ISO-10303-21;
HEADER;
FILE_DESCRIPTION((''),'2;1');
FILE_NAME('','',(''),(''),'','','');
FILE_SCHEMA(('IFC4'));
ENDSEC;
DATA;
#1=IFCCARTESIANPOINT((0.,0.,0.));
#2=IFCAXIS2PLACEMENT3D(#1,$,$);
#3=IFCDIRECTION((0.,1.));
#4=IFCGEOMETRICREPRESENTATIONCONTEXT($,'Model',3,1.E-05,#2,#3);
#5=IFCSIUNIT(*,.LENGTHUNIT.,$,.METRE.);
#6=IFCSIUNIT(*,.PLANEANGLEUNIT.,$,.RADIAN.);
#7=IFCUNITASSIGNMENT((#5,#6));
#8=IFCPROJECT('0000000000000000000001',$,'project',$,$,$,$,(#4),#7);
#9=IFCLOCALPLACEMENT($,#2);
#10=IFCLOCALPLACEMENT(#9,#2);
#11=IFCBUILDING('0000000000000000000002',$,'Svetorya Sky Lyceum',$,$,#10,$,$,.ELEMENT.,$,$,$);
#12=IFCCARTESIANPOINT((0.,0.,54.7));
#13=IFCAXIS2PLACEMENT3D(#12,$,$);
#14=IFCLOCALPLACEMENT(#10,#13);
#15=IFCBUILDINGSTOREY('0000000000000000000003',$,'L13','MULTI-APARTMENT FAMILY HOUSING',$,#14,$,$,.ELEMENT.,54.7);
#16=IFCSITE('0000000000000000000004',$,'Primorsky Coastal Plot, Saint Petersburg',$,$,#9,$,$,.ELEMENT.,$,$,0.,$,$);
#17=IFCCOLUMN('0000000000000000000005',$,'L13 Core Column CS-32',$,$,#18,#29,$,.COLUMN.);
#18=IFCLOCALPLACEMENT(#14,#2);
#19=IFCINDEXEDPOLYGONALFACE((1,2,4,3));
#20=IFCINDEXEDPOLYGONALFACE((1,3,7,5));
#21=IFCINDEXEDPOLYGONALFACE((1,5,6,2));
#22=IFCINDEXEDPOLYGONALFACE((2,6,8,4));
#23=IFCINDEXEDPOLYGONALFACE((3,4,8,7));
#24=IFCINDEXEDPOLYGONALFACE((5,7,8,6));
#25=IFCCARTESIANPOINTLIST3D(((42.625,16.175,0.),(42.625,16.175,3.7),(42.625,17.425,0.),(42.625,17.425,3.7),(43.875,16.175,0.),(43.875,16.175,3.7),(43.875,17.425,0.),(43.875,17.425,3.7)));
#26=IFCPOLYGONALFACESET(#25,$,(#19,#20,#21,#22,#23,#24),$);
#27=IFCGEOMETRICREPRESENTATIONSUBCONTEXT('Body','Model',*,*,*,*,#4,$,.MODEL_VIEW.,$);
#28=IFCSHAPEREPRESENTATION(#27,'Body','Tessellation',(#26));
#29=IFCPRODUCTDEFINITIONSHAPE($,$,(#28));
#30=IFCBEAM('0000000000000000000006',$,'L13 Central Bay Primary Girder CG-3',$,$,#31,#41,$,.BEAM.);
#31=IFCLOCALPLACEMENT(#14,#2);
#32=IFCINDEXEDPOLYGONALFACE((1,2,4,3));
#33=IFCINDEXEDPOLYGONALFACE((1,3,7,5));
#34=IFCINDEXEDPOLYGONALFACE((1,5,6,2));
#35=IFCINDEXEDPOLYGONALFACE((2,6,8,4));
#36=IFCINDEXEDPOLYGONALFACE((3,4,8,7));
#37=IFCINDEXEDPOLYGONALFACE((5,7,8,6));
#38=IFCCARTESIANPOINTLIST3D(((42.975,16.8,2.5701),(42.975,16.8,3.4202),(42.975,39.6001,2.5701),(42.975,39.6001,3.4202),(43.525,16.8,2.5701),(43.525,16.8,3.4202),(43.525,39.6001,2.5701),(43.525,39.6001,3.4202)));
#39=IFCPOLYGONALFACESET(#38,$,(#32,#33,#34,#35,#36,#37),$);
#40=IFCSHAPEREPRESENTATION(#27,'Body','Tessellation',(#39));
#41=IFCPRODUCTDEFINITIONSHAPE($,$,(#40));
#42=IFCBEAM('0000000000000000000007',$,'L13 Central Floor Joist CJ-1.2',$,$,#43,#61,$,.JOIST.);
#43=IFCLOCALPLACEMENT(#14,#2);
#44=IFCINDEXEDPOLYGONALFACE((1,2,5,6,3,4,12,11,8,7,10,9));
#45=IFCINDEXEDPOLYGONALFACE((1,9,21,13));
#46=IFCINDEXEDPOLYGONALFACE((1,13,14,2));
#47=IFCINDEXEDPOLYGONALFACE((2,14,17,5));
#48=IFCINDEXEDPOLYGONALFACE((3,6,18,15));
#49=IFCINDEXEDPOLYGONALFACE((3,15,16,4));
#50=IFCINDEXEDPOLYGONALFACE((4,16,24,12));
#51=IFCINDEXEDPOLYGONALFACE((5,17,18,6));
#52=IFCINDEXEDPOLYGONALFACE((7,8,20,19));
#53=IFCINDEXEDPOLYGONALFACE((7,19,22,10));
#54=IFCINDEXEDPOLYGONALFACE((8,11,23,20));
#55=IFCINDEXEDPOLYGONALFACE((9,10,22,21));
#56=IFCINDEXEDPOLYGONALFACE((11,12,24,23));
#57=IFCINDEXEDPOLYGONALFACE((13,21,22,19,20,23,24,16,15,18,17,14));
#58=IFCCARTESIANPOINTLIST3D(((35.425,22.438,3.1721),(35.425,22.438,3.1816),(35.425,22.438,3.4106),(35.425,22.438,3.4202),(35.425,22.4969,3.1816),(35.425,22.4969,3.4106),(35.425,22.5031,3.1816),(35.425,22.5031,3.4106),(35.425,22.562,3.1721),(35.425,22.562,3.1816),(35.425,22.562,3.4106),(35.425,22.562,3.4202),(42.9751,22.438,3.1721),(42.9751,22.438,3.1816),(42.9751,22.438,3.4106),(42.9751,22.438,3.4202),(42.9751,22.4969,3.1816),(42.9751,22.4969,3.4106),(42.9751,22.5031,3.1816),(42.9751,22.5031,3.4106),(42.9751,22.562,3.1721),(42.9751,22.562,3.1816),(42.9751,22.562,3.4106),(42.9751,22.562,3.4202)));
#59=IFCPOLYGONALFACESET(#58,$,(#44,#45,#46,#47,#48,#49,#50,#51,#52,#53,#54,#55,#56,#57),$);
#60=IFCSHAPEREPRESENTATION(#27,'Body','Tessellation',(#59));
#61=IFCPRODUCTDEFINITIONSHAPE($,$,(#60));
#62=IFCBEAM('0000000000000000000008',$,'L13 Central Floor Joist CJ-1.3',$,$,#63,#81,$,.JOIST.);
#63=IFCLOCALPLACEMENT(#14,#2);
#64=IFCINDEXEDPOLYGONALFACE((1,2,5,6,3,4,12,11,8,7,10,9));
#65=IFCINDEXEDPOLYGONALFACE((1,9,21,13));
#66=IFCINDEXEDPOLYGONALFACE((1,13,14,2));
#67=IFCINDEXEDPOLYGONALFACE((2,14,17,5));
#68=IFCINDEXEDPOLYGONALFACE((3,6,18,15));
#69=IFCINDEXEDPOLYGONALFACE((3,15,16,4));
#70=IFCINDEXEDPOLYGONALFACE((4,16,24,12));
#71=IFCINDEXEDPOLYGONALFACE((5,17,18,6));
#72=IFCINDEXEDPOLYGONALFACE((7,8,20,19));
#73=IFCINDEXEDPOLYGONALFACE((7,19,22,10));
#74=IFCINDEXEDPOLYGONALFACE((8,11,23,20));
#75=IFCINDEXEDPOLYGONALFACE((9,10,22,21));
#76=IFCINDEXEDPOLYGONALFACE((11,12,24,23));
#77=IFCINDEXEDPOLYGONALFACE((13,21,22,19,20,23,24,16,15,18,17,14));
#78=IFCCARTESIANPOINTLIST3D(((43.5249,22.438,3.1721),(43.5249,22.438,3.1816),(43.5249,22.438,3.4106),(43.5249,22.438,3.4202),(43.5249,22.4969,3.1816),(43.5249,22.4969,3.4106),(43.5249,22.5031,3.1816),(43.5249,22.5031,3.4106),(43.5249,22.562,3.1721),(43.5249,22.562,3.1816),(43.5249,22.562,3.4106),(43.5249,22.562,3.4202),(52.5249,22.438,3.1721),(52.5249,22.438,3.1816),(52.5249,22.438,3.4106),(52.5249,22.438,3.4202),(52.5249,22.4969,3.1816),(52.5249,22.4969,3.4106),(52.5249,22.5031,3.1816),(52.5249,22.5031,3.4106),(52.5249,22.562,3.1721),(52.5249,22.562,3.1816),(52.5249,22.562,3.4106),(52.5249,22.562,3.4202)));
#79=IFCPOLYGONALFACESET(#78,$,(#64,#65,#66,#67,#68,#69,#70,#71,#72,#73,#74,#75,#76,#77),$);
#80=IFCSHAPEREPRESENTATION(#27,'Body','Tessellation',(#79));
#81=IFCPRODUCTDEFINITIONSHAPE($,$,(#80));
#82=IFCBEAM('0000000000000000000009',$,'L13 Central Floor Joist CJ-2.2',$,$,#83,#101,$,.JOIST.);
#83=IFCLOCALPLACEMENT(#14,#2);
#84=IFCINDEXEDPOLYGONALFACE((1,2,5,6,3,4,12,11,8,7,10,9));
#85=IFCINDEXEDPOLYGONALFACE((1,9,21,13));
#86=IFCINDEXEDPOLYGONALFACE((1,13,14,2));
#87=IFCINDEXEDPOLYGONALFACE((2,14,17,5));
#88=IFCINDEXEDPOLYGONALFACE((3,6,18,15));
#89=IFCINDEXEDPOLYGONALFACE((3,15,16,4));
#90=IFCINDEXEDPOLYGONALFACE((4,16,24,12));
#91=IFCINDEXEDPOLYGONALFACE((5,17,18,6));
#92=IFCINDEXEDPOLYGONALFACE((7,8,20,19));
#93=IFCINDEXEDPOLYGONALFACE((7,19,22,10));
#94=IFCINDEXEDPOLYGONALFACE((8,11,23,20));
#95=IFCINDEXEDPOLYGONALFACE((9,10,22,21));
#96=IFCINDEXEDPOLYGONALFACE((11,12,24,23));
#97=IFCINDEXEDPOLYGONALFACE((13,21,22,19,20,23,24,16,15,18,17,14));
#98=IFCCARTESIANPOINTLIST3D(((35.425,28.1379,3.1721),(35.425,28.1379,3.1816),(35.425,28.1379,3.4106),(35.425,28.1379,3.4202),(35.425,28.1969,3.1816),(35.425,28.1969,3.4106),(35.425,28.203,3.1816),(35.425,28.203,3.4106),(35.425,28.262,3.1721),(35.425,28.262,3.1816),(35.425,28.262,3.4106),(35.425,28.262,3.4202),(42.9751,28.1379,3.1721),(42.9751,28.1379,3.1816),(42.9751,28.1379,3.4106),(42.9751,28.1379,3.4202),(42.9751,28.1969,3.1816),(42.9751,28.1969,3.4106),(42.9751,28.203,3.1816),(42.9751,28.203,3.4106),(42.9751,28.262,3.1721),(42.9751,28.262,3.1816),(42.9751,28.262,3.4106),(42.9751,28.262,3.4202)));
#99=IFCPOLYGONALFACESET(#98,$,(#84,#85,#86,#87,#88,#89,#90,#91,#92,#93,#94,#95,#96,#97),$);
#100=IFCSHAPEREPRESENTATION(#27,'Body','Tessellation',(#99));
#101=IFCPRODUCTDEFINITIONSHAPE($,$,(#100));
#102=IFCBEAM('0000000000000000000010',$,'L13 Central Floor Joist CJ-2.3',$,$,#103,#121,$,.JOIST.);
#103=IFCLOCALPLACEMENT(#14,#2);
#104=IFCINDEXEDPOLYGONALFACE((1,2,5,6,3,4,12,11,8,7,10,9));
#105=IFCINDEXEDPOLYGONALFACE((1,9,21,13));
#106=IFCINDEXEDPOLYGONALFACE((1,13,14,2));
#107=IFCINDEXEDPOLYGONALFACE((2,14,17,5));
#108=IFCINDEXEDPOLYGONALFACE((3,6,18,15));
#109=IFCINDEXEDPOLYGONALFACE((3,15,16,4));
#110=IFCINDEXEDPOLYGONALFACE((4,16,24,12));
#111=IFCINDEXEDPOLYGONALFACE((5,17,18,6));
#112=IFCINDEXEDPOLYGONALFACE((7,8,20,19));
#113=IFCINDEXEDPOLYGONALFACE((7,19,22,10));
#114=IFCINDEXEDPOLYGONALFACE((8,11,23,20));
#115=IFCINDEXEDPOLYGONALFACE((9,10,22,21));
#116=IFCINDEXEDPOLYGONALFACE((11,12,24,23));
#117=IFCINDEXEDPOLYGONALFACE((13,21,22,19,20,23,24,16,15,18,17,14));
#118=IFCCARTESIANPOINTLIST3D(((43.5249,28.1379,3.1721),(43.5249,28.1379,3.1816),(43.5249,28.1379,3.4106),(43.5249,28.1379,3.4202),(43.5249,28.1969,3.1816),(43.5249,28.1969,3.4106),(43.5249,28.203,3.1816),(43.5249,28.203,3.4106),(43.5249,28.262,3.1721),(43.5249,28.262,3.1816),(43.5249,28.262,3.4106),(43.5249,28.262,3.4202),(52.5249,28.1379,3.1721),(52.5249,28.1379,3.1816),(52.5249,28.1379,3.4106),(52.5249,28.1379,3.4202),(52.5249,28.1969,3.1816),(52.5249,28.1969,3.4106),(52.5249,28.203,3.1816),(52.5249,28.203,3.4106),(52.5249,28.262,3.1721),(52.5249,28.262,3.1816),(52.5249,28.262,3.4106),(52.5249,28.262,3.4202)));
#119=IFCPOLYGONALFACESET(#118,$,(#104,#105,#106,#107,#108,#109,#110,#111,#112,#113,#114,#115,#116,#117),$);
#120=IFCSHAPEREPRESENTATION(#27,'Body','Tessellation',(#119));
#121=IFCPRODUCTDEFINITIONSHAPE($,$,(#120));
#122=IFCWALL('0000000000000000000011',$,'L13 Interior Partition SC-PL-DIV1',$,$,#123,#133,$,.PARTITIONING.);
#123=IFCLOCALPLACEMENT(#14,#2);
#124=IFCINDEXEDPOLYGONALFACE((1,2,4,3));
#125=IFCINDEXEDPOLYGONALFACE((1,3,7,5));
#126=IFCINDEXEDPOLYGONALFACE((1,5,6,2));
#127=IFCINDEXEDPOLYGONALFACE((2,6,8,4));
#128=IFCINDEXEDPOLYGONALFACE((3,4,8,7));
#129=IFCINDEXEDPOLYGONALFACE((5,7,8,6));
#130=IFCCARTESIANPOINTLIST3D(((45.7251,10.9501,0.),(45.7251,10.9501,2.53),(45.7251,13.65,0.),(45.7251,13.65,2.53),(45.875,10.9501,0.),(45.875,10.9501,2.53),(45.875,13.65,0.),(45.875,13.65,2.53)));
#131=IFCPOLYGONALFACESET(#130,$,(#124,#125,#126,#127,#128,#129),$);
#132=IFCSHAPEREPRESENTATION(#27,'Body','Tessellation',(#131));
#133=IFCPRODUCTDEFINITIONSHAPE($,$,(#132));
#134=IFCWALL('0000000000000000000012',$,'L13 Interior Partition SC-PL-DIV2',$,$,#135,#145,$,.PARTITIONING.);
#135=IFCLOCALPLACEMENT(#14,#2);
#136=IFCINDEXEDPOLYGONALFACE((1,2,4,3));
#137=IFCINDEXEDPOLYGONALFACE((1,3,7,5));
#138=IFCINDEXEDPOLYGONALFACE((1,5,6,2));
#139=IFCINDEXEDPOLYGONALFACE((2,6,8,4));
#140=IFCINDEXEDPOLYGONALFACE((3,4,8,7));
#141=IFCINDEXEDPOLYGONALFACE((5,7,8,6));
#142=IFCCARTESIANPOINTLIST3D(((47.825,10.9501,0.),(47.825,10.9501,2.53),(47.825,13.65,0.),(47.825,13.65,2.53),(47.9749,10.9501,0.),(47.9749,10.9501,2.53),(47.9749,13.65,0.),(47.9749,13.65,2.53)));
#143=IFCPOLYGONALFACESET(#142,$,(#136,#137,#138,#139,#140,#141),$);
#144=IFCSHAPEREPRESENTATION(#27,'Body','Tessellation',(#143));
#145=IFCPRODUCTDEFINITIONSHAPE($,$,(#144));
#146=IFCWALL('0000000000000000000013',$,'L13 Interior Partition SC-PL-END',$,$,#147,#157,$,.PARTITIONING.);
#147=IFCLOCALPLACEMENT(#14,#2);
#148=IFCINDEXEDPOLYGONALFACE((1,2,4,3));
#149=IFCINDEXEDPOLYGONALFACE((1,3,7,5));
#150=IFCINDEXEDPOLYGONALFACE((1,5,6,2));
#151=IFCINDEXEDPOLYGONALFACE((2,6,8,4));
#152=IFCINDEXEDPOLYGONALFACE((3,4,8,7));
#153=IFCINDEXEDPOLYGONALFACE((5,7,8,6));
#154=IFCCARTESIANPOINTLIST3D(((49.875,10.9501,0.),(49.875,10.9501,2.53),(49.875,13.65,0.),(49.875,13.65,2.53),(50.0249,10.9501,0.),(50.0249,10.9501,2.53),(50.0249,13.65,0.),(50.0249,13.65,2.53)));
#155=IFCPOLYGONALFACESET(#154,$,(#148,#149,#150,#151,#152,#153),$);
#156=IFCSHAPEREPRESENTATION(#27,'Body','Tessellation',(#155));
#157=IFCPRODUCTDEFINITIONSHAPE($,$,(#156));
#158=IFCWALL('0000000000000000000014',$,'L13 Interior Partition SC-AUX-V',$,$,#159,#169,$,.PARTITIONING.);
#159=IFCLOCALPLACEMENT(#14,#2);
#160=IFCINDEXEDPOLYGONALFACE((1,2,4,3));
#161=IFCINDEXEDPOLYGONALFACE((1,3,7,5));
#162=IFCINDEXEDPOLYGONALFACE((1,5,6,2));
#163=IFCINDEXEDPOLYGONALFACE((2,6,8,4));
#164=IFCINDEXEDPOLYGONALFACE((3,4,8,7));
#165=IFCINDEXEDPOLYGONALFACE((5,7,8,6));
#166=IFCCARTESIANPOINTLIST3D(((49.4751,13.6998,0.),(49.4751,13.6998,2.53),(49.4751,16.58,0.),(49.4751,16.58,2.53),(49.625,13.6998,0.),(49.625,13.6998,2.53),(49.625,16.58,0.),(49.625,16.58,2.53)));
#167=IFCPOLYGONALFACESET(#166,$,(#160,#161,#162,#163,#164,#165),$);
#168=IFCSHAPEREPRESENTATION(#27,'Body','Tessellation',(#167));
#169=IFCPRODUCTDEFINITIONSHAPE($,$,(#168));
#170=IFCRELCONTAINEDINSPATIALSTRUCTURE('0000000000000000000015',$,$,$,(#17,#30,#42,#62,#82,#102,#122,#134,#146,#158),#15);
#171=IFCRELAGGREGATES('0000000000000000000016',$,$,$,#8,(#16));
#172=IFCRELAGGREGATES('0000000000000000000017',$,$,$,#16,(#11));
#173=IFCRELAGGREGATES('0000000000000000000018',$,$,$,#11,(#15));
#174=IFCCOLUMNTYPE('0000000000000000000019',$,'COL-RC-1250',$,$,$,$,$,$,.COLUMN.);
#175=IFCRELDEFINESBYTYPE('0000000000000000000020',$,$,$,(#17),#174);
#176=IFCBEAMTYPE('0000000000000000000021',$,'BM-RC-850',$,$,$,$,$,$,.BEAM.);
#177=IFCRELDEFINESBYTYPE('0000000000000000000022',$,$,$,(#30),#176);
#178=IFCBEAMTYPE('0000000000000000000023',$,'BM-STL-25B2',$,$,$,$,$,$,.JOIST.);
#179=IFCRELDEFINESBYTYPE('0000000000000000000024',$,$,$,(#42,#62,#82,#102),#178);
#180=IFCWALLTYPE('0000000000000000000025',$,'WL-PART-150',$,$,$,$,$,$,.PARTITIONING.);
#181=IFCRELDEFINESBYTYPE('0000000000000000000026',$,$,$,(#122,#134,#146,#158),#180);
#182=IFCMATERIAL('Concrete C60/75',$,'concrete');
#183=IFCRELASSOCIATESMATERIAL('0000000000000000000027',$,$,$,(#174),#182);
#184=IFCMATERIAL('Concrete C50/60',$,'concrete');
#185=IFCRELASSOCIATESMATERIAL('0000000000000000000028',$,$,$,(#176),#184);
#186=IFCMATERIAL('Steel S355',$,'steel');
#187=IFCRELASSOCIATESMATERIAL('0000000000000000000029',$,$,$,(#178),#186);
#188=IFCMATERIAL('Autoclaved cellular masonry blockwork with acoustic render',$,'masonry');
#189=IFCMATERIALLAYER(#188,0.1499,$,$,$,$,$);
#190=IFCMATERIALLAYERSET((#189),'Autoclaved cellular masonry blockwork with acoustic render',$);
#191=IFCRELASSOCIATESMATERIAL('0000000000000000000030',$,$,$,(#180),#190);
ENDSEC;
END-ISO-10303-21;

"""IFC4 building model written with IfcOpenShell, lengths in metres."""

from ifc_helpers import new_model, si_unit, direction, frame, frame_2d, origin, origin_2d, place, context, subcontext, project, spatial, rectangle, i_section, extrude, material, layer, layer_set, material_profile, profile_set, type_object, element, save


model = new_model("IFC4")

# Units and contexts
model_context = context("Model", 3, precision=1e-05, world=origin(), true_north=direction((0.0, 1.0)))
body_context = subcontext(model_context, "Body", "Model", "MODEL_VIEW")
ifc_project = project(units=[si_unit("LENGTHUNIT", "METRE"), si_unit("PLANEANGLEUNIT", "RADIAN")], contexts=[model_context])

# Site, building, storey
site_placement = place(None, origin())
site = spatial("IfcSite", under=ifc_project, at=site_placement, Name="Primorsky Coastal Plot, Saint Petersburg", CompositionType="ELEMENT", RefElevation=0.0)
building_placement = place(site_placement, origin())
building = spatial("IfcBuilding", under=site, at=building_placement, Name="Svetorya Sky Lyceum", CompositionType="ELEMENT")
storey_placement = place(building_placement, frame((0.0, 0.0, 54.7)))
storey = spatial("IfcBuildingStorey", under=building, at=storey_placement, Name="L13", Description="MULTI-APARTMENT FAMILY HOUSING", CompositionType="ELEMENT", Elevation=54.7)

# Column
ifc_material_1 = material(Name="Concrete C60/75", Category="concrete")
ifc_material_profile_1 = material_profile(ifc_material_1, rectangle(XDim=1.25, YDim=1.25, at=origin_2d()), Name="RC COL 1250x1250")
ifc_profile_set_1 = profile_set([ifc_material_profile_1], Name="Concrete C60/75")
column_type = type_object("IfcColumnType", Name="COL-RC-1250", PredefinedType="COLUMN", material=ifc_profile_set_1)
column_placement = place(storey_placement, frame((43.25, 16.8, 0.0), z_axis=(0.0, 0.0, 1.0), x_axis=(1.0, 0.0, 0.0)))
element("IfcColumn", 1, at=column_placement, inside=storey, type_object=column_type, Name="L13 Core Column CS-32", PredefinedType="COLUMN", context=body_context, shape_type="SweptSolid", body=[
    extrude(rectangle(XDim=1.25, YDim=1.25, at=origin_2d()), origin(), (0.0, 0.0, 1.0), 3.7),
])

# Beams
ifc_material_2 = material(Name="Concrete C50/60", Category="concrete")
ifc_material_profile_2 = material_profile(ifc_material_2, rectangle(XDim=0.55, YDim=0.8501, at=origin_2d()), Name="RC BEAM 550x850")
ifc_profile_set_2 = profile_set([ifc_material_profile_2], Name="Concrete C50/60")
beam_type_1 = type_object("IfcBeamType", Name="BM-RC-850", PredefinedType="BEAM", material=ifc_profile_set_2)
beam_1_placement = place(storey_placement, frame((43.25, 16.8, 2.9951), z_axis=(0.0, 1.0, 0.0), x_axis=(-1.0, 0.0, 0.0)))
element("IfcBeam", 2, at=beam_1_placement, inside=storey, type_object=beam_type_1, Name="L13 Central Bay Primary Girder CG-3", PredefinedType="BEAM", context=body_context, shape_type="SweptSolid", body=[
    extrude(rectangle(XDim=0.55, YDim=0.8501, at=origin_2d()), origin(), (0.0, 0.0, 1.0), 22.8),
])
ifc_material_3 = material(Name="Steel S355", Category="steel")
ifc_material_profile_3 = material_profile(ifc_material_3, i_section(OverallWidth=0.124, OverallDepth=0.248, WebThickness=0.0061, FlangeThickness=0.0095, at=origin_2d()), Name="GOST 25B2")
ifc_profile_set_3 = profile_set([ifc_material_profile_3], Name="Steel S355")
beam_type_2 = type_object("IfcBeamType", Name="BM-STL-25B2", PredefinedType="JOIST", material=ifc_profile_set_3)
beam_2_placement = place(storey_placement, frame((35.425, 22.5, 3.2961), z_axis=(1.0, 0.0, 0.0), x_axis=(0.0, 1.0, 0.0)))
element("IfcBeam", 3, at=beam_2_placement, inside=storey, type_object=beam_type_2, Name="L13 Central Floor Joist CJ-1.2", PredefinedType="JOIST", context=body_context, shape_type="SweptSolid", body=[
    extrude(i_section(OverallWidth=0.124, OverallDepth=0.248, WebThickness=0.0061, FlangeThickness=0.0095, at=origin_2d()), origin(), (0.0, 0.0, 1.0), 7.55),
])
beam_3_placement = place(storey_placement, frame((43.5249, 22.5, 3.2961), z_axis=(1.0, 0.0, 0.0), x_axis=(0.0, 1.0, 0.0)))
element("IfcBeam", 4, at=beam_3_placement, inside=storey, type_object=beam_type_2, Name="L13 Central Floor Joist CJ-1.3", PredefinedType="JOIST", context=body_context, shape_type="SweptSolid", body=[
    extrude(i_section(OverallWidth=0.124, OverallDepth=0.248, WebThickness=0.0061, FlangeThickness=0.0095, at=origin_2d()), origin(), (0.0, 0.0, 1.0), 9.0),
])
beam_4_placement = place(storey_placement, frame((35.425, 28.2, 3.2961), z_axis=(1.0, 0.0, 0.0), x_axis=(0.0, 1.0, 0.0)))
element("IfcBeam", 5, at=beam_4_placement, inside=storey, type_object=beam_type_2, Name="L13 Central Floor Joist CJ-2.2", PredefinedType="JOIST", context=body_context, shape_type="SweptSolid", body=[
    extrude(i_section(OverallWidth=0.124, OverallDepth=0.248, WebThickness=0.0061, FlangeThickness=0.0095, at=origin_2d()), origin(), (0.0, 0.0, 1.0), 7.55),
])
beam_5_placement = place(storey_placement, frame((43.5249, 28.2, 3.2961), z_axis=(1.0, 0.0, 0.0), x_axis=(0.0, 1.0, 0.0)))
element("IfcBeam", 6, at=beam_5_placement, inside=storey, type_object=beam_type_2, Name="L13 Central Floor Joist CJ-2.3", PredefinedType="JOIST", context=body_context, shape_type="SweptSolid", body=[
    extrude(i_section(OverallWidth=0.124, OverallDepth=0.248, WebThickness=0.0061, FlangeThickness=0.0095, at=origin_2d()), origin(), (0.0, 0.0, 1.0), 9.0),
])

# Walls
ifc_material_4 = material(Name="Autoclaved cellular masonry blockwork with acoustic render", Category="masonry")
ifc_layer_1 = layer(ifc_material_4, 0.1499)
ifc_layer_set_1 = layer_set([ifc_layer_1], Name="Autoclaved cellular masonry blockwork with acoustic render")
wall_type_1 = type_object("IfcWallType", Name="WL-PART-150", PredefinedType="PARTITIONING", material=ifc_layer_set_1)
for number, where, z_axis, x_axis, name in (
    (7, (45.8, 10.95, 0.0), (0.0, 0.0, 1.0), (0.0, 1.0, 0.0), "L13 Interior Partition SC-PL-DIV1"),
    (8, (47.8999, 10.95, 0.0), (0.0, 0.0, 1.0), (0.0, 1.0, 0.0), "L13 Interior Partition SC-PL-DIV2"),
    (9, (49.95, 10.95, 0.0), (0.0, 0.0, 1.0), (0.0, 1.0, 0.0), "L13 Interior Partition SC-PL-END"),
):
    element("IfcWall", number, at=place(storey_placement, frame(where, z_axis=z_axis, x_axis=x_axis)), inside=storey, type_object=wall_type_1, Name=name, PredefinedType="PARTITIONING", context=body_context, shape_type="SweptSolid", body=[
        extrude(rectangle(XDim=2.7, YDim=0.1499, at=frame_2d((1.3501, 0.0))), origin(), (0.0, 0.0, 1.0), 2.53),
    ])
wall_1_placement = place(storey_placement, frame((49.55, 13.7, 0.0), z_axis=(0.0, 0.0, 1.0), x_axis=(0.0, 1.0, 0.0)))
element("IfcWall", 10, at=wall_1_placement, inside=storey, type_object=wall_type_1, Name="L13 Interior Partition SC-AUX-V", PredefinedType="PARTITIONING", context=body_context, shape_type="SweptSolid", body=[
    extrude(rectangle(XDim=2.8801, YDim=0.1499, at=frame_2d((1.4399, 0.0))), origin(), (0.0, 0.0, 1.0), 2.53),
])

save(model, "model.ifc")
